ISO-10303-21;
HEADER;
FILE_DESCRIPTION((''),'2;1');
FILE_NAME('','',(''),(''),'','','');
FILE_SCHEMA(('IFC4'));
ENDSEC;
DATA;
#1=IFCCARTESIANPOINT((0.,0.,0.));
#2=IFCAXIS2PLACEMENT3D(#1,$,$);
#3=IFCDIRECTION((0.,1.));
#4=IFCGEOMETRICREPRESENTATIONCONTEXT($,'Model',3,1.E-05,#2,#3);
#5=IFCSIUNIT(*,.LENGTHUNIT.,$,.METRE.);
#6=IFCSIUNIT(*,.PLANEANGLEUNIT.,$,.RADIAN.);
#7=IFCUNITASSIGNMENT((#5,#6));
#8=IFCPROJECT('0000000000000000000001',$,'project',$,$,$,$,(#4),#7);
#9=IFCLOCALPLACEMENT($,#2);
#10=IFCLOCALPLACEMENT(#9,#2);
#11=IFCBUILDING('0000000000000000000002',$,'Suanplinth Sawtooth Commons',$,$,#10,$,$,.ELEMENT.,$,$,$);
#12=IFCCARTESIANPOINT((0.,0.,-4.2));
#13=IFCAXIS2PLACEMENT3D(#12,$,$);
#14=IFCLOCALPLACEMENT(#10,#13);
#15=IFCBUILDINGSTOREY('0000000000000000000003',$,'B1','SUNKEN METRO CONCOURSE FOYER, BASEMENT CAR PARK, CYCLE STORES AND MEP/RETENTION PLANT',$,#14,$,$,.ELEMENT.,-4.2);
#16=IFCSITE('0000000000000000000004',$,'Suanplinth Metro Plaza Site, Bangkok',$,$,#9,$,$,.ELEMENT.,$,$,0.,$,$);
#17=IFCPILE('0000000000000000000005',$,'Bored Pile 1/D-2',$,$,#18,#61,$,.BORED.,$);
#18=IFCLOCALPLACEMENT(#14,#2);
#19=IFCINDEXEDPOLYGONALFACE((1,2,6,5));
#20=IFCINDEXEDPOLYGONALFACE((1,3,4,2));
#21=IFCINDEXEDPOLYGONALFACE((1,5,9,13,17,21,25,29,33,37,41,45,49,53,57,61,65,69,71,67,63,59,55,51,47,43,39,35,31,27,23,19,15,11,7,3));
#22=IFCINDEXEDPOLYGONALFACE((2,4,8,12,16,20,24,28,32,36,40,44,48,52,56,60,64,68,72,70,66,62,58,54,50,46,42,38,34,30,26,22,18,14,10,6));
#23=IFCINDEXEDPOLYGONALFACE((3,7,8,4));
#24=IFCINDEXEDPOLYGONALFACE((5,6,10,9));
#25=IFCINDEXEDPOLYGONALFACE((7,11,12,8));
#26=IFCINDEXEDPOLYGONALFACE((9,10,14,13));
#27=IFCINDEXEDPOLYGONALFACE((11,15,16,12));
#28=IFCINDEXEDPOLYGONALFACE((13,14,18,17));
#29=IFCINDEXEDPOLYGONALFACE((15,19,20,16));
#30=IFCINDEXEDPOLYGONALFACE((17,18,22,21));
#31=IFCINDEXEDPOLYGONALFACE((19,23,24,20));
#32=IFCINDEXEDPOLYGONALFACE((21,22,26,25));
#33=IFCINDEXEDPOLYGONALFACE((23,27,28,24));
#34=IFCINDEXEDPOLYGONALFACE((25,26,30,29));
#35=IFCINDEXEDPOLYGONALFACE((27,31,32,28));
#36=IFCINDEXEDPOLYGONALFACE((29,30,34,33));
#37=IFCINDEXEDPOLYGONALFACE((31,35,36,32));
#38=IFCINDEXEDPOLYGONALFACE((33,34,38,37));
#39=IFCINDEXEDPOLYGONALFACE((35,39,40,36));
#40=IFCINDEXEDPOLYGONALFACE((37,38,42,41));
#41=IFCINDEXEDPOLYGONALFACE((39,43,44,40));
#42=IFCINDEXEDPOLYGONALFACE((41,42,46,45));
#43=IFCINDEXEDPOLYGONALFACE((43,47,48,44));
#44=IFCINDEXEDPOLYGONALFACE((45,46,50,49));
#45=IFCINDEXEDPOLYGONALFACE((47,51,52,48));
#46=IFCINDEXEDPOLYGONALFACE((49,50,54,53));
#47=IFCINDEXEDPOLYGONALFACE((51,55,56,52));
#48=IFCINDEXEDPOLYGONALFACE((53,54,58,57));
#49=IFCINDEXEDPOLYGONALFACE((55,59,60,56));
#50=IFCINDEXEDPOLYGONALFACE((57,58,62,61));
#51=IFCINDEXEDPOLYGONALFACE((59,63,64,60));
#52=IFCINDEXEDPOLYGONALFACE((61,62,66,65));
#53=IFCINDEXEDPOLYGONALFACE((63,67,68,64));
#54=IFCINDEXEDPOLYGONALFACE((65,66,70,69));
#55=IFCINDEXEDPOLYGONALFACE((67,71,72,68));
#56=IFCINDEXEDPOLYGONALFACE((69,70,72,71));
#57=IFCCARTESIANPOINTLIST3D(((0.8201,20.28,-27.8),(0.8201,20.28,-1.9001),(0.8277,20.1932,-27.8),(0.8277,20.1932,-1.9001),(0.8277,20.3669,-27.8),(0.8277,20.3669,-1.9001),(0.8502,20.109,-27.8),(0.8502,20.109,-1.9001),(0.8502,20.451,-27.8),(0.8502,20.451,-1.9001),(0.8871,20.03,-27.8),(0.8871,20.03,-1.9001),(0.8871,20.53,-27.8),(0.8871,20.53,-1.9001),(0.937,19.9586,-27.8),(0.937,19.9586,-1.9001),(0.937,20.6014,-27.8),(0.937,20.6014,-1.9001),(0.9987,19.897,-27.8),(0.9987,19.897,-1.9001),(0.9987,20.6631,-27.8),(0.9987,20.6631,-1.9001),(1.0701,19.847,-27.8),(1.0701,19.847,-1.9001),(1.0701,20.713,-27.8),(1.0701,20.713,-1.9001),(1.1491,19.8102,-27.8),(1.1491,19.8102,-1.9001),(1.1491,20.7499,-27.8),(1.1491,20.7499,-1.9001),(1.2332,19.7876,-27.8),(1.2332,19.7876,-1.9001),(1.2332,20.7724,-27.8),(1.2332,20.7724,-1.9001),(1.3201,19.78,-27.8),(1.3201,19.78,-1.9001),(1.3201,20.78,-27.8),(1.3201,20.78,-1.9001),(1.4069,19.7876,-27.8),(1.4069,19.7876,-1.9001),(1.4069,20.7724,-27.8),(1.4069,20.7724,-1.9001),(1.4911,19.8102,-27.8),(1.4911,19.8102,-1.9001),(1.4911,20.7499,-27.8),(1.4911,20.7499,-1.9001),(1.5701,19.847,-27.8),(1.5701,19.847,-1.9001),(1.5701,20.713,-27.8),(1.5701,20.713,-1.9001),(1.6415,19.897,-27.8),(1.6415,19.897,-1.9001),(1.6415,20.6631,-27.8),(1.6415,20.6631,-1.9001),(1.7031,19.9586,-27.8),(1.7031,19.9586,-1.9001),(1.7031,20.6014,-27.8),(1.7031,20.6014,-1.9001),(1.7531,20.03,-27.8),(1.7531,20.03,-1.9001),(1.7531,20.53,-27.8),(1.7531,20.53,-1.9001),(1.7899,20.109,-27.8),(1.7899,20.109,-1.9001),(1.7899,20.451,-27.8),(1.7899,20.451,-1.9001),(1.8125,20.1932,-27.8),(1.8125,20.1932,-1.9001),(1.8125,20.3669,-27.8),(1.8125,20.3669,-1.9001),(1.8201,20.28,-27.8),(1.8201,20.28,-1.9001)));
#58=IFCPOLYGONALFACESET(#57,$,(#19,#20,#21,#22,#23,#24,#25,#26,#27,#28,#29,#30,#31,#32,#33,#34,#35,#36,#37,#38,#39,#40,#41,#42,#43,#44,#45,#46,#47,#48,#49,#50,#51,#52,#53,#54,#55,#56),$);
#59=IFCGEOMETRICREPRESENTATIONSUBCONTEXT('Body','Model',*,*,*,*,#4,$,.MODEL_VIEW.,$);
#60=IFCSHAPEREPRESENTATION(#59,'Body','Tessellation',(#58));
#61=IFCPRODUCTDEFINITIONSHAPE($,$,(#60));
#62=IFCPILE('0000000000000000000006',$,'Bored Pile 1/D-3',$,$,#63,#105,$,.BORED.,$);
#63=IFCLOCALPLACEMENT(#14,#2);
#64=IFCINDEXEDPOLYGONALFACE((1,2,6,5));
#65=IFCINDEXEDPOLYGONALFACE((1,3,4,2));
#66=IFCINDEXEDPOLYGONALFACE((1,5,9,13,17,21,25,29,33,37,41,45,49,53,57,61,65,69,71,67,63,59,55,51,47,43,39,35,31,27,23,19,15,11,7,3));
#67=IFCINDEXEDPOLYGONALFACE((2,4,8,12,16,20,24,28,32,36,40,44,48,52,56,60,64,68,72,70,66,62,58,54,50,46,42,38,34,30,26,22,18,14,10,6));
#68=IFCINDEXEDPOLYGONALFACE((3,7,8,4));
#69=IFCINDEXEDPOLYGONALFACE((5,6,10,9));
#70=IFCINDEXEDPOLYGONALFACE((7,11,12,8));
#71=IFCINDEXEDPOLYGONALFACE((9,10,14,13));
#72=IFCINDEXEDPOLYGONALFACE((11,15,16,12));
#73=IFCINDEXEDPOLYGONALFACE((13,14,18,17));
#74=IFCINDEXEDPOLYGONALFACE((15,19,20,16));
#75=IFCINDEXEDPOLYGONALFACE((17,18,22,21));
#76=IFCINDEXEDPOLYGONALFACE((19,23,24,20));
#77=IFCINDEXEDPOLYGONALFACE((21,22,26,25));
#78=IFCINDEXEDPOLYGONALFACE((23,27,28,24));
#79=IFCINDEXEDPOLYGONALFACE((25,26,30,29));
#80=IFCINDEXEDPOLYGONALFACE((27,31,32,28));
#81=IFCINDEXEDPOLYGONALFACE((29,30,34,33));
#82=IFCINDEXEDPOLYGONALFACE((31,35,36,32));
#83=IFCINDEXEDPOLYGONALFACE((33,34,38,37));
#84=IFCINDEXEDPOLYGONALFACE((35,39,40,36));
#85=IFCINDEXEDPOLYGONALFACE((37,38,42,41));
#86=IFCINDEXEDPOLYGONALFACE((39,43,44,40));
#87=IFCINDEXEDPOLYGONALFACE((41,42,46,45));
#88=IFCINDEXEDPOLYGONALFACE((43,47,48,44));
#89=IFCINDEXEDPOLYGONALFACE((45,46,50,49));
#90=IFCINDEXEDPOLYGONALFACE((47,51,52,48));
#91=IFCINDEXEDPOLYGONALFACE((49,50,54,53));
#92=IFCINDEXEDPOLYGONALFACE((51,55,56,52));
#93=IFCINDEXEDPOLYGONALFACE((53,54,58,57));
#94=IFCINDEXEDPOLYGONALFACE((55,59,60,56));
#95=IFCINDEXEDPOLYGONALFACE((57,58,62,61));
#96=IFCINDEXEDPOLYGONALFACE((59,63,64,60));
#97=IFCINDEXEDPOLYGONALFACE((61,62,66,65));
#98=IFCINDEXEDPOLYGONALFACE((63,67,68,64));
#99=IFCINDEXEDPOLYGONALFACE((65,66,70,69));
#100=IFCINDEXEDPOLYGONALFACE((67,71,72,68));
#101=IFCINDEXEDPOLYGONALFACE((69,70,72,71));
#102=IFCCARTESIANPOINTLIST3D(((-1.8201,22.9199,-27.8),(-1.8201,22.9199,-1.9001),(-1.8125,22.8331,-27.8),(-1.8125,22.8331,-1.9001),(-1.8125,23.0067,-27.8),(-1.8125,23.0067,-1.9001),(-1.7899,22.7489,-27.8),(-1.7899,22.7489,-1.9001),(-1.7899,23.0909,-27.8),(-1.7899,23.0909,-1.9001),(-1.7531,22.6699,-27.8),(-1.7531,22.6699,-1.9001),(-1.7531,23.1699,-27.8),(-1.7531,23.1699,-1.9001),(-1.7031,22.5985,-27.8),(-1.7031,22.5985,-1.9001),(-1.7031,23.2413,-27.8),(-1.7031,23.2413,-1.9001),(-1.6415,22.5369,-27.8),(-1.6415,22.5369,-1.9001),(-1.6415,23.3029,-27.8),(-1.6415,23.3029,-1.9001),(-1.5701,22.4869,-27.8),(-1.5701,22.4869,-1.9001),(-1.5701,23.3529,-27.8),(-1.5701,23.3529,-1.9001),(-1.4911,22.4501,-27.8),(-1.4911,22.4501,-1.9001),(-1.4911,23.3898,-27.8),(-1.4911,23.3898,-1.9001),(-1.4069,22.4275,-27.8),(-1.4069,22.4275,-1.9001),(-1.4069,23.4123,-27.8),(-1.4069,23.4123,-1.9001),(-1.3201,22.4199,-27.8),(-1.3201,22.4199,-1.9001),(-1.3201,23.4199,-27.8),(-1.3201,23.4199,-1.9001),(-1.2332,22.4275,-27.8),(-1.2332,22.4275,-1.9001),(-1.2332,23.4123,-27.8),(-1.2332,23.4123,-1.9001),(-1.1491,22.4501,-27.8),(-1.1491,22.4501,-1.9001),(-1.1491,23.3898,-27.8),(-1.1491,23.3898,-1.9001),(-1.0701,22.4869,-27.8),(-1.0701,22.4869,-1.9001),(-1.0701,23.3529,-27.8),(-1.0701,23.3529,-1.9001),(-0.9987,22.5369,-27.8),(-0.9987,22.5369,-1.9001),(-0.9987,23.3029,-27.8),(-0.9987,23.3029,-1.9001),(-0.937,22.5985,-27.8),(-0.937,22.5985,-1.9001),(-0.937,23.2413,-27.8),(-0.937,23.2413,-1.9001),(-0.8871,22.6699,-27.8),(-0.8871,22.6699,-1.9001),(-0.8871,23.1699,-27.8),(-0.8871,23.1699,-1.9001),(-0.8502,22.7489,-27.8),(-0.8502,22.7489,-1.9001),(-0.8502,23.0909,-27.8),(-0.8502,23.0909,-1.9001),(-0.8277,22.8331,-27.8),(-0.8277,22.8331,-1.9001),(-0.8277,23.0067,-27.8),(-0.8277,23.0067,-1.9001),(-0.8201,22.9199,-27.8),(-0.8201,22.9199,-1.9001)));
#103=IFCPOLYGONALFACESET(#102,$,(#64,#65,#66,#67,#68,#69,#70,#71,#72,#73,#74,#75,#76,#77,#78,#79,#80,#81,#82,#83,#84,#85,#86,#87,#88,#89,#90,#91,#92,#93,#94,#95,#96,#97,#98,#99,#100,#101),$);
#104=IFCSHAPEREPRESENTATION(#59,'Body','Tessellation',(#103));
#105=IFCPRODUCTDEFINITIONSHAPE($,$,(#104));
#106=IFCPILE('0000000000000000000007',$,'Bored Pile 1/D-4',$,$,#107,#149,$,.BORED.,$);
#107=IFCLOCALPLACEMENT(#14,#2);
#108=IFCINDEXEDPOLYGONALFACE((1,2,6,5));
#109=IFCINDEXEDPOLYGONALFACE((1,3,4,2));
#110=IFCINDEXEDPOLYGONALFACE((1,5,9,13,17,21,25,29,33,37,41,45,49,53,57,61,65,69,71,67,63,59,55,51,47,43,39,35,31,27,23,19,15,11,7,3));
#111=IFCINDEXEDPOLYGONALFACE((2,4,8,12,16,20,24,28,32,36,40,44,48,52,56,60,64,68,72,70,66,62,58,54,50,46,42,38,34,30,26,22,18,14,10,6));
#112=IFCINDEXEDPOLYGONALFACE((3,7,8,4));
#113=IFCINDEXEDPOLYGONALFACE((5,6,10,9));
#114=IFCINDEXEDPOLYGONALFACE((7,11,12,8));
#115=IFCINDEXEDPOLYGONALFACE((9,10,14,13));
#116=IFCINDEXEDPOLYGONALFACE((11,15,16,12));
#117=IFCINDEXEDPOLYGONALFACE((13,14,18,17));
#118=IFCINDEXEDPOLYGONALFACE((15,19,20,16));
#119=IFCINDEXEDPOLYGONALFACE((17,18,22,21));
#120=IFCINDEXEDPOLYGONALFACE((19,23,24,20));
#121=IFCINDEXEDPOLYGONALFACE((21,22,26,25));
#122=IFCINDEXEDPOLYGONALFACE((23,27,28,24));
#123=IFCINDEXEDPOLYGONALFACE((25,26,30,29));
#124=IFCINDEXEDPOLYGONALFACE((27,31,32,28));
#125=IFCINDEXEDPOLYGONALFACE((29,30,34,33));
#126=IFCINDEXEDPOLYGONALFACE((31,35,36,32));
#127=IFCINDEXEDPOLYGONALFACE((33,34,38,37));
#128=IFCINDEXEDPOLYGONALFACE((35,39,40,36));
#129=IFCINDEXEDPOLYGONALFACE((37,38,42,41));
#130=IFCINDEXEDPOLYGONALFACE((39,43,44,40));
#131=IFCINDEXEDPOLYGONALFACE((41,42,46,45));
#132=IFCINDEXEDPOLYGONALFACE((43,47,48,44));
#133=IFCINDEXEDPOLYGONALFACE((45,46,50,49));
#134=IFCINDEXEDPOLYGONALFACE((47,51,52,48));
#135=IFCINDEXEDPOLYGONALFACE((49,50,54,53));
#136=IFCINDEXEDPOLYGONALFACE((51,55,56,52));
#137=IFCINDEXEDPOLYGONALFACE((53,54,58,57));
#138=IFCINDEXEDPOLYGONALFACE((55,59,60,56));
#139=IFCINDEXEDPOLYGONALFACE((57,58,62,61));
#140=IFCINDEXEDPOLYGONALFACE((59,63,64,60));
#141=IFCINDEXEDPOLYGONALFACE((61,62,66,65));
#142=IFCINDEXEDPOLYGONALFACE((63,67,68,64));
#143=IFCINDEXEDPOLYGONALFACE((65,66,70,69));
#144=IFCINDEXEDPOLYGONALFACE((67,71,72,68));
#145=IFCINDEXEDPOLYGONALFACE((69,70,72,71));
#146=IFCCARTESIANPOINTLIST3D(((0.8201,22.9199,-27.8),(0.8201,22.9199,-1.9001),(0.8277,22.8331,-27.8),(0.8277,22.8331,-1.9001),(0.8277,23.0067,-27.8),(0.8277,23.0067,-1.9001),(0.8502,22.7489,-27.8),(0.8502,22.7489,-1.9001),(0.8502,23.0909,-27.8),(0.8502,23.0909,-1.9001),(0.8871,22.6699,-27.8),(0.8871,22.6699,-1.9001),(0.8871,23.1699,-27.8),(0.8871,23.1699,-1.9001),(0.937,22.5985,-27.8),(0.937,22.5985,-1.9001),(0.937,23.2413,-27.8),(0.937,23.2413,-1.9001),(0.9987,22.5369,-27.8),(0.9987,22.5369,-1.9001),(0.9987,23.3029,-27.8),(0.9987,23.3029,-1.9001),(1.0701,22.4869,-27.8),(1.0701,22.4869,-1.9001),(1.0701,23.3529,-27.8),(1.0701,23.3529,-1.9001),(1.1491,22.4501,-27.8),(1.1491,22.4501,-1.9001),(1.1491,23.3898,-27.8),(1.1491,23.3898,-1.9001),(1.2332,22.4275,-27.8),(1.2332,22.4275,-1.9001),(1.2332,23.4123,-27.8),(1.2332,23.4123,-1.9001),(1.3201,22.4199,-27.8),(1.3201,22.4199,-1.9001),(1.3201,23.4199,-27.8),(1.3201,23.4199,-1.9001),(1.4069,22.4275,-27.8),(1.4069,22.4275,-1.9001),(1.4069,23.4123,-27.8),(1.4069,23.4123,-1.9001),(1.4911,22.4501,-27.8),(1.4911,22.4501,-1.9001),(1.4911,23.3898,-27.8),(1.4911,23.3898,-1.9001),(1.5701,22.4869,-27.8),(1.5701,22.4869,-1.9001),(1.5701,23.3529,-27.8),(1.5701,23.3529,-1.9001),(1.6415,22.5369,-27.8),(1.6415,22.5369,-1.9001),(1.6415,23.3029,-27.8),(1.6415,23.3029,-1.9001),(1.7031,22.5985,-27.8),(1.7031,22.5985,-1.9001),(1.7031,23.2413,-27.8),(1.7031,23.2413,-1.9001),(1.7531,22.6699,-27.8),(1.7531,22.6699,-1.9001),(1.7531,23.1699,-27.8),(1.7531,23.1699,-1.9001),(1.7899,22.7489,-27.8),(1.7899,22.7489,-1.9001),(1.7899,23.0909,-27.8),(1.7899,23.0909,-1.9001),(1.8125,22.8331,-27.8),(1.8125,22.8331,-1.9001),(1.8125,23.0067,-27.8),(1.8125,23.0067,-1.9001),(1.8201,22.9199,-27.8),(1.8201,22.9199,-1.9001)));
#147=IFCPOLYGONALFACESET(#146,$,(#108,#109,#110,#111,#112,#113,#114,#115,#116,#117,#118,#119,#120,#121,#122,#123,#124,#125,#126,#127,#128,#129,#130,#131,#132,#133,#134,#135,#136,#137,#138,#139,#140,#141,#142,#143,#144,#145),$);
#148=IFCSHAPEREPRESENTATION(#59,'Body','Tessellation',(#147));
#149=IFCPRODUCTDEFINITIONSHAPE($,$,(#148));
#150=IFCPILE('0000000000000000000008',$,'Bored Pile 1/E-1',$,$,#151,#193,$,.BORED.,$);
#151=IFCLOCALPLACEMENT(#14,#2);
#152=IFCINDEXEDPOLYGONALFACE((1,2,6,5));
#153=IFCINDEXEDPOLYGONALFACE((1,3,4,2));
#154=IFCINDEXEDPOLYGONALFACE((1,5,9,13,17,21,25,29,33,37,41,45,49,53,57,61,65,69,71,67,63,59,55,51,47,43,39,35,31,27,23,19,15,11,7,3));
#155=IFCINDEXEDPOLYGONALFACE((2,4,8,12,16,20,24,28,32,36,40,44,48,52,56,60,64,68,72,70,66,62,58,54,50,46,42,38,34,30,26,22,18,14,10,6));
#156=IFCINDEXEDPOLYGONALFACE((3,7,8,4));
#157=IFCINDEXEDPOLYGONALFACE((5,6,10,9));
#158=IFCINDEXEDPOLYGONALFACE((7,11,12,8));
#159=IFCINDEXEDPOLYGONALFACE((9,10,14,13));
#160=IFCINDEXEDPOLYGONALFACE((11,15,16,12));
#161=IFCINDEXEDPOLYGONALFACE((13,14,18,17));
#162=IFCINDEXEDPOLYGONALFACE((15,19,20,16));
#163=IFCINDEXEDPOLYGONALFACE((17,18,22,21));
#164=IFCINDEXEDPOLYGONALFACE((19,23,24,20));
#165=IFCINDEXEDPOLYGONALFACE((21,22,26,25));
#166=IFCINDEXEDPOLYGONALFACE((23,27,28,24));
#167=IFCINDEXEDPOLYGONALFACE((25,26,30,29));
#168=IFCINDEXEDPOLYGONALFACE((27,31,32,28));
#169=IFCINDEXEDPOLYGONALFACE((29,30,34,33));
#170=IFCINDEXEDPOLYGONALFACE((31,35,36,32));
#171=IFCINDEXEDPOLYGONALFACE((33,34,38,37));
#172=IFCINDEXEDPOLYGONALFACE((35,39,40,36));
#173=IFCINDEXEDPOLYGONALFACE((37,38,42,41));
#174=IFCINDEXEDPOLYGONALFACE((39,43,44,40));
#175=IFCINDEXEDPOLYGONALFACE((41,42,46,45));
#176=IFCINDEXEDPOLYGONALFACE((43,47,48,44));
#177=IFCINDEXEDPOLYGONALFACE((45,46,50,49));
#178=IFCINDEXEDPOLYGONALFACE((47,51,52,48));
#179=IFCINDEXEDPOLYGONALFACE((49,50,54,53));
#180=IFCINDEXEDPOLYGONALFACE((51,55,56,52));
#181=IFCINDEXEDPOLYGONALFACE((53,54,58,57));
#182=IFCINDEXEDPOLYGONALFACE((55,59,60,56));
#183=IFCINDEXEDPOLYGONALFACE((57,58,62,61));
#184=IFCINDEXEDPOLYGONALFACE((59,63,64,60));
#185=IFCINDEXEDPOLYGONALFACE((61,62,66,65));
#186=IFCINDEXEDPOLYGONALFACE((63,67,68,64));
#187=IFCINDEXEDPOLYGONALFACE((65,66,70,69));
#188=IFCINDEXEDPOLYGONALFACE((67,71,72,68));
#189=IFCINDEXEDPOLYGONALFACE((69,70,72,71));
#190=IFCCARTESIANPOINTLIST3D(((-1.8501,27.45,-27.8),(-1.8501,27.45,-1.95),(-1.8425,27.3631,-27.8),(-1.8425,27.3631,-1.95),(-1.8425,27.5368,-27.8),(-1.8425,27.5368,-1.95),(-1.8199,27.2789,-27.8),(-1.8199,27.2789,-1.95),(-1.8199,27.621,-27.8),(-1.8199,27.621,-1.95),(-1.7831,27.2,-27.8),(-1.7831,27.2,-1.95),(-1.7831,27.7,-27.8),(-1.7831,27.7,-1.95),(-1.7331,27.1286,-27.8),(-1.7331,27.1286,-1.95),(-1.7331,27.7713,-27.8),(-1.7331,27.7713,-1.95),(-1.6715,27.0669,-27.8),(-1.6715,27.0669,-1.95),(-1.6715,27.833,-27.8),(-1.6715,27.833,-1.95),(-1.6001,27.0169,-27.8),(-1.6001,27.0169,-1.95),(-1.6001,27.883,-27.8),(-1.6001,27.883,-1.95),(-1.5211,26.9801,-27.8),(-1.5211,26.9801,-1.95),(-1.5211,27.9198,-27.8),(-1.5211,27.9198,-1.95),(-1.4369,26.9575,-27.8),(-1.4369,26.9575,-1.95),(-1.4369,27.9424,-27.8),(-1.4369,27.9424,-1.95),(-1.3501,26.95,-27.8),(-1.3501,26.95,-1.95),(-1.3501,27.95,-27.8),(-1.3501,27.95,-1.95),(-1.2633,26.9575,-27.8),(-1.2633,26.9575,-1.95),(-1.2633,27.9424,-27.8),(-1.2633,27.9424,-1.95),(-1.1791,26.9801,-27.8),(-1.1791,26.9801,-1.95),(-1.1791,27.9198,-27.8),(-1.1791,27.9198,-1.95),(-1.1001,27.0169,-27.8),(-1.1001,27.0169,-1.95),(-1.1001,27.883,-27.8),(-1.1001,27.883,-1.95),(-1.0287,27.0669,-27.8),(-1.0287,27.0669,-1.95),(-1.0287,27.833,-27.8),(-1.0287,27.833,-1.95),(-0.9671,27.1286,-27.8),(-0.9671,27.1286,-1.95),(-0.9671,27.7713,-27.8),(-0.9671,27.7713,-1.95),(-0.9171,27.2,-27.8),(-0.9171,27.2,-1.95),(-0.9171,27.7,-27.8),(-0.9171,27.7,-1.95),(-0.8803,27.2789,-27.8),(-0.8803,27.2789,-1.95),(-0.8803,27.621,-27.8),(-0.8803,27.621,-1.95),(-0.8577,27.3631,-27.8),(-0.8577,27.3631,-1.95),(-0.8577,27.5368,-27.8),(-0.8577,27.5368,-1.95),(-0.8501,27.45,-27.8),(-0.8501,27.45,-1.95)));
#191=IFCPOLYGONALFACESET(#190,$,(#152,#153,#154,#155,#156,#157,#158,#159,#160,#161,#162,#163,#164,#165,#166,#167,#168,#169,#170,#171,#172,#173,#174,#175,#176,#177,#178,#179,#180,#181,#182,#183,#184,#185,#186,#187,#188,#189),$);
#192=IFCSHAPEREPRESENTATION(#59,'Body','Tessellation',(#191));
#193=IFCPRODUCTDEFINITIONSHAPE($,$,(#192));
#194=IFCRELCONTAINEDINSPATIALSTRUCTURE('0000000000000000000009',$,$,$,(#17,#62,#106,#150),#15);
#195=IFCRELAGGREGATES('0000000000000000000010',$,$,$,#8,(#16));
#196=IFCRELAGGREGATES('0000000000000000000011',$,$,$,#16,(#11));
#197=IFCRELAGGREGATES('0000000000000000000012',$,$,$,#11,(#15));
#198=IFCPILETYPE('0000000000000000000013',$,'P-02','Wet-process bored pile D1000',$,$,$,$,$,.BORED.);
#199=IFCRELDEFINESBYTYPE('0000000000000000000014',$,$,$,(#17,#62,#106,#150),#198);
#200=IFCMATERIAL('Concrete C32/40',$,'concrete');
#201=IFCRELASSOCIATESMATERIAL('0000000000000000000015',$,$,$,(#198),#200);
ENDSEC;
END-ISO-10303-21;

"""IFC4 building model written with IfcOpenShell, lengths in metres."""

from ifc_helpers import new_model, si_unit, direction, frame, origin, origin_2d, place, context, subcontext, project, spatial, circle, extrude, material, material_profile, profile_set, type_object, element, save


model = new_model("IFC4")

# Units and contexts
model_context = context("Model", 3, precision=1e-05, world=origin(), true_north=direction((0.0, 1.0)))
body_context = subcontext(model_context, "Body", "Model", "MODEL_VIEW")
ifc_project = project(units=[si_unit("LENGTHUNIT", "METRE"), si_unit("PLANEANGLEUNIT", "RADIAN")], contexts=[model_context])

# Site, building, storey
site_placement = place(None, origin())
site = spatial("IfcSite", under=ifc_project, at=site_placement, Name="Suanplinth Metro Plaza Site, Bangkok", CompositionType="ELEMENT", RefElevation=0.0)
building_placement = place(site_placement, origin())
building = spatial("IfcBuilding", under=site, at=building_placement, Name="Suanplinth Sawtooth Commons", CompositionType="ELEMENT")
storey_placement = place(building_placement, frame((0.0, 0.0, -4.2)))
storey = spatial("IfcBuildingStorey", under=building, at=storey_placement, Name="B1", Description="SUNKEN METRO CONCOURSE FOYER, BASEMENT CAR PARK, CYCLE STORES AND MEP/RETENTION PLANT", CompositionType="ELEMENT", Elevation=-4.2)

# Piles
ifc_material_1 = material(Name="Concrete C32/40", Category="concrete")
ifc_material_profile_1 = material_profile(ifc_material_1, circle(Radius=0.5, at=origin_2d()), Name="PILE D1000")
ifc_profile_set_1 = profile_set([ifc_material_profile_1], Name="Concrete C32/40")
pile_type = type_object("IfcPileType", Name="P-02", Description="Wet-process bored pile D1000", PredefinedType="BORED", material=ifc_profile_set_1)
for number, where, z_axis, x_axis, name in (
    (1, (1.3201, 20.28, -1.9001), (0.0, 0.0, -1.0), (1.0, 0.0, 0.0), "Bored Pile 1/D-2"),
    (2, (-1.3201, 22.9199, -1.9001), (0.0, 0.0, -1.0), (1.0, 0.0, 0.0), "Bored Pile 1/D-3"),
    (3, (1.3201, 22.9199, -1.9001), (0.0, 0.0, -1.0), (1.0, 0.0, 0.0), "Bored Pile 1/D-4"),
):
    element("IfcPile", number, at=place(storey_placement, frame(where, z_axis=z_axis, x_axis=x_axis)), inside=storey, type_object=pile_type, Name=name, PredefinedType="BORED", context=body_context, shape_type="SweptSolid", body=[
        extrude(circle(Radius=0.5, at=origin_2d()), origin(), (0.0, 0.0, 1.0), 25.8999),
    ])
for number, where, z_axis, x_axis, name in (
    (4, (-1.3501, 27.45, -1.95), (0.0, 0.0, -1.0), (1.0, 0.0, 0.0), "Bored Pile 1/E-1"),
):
    element("IfcPile", number, at=place(storey_placement, frame(where, z_axis=z_axis, x_axis=x_axis)), inside=storey, type_object=pile_type, Name=name, PredefinedType="BORED", context=body_context, shape_type="SweptSolid", body=[
        extrude(circle(Radius=0.5, at=origin_2d()), origin(), (0.0, 0.0, 1.0), 25.8501),
    ])

save(model, "model.ifc")
